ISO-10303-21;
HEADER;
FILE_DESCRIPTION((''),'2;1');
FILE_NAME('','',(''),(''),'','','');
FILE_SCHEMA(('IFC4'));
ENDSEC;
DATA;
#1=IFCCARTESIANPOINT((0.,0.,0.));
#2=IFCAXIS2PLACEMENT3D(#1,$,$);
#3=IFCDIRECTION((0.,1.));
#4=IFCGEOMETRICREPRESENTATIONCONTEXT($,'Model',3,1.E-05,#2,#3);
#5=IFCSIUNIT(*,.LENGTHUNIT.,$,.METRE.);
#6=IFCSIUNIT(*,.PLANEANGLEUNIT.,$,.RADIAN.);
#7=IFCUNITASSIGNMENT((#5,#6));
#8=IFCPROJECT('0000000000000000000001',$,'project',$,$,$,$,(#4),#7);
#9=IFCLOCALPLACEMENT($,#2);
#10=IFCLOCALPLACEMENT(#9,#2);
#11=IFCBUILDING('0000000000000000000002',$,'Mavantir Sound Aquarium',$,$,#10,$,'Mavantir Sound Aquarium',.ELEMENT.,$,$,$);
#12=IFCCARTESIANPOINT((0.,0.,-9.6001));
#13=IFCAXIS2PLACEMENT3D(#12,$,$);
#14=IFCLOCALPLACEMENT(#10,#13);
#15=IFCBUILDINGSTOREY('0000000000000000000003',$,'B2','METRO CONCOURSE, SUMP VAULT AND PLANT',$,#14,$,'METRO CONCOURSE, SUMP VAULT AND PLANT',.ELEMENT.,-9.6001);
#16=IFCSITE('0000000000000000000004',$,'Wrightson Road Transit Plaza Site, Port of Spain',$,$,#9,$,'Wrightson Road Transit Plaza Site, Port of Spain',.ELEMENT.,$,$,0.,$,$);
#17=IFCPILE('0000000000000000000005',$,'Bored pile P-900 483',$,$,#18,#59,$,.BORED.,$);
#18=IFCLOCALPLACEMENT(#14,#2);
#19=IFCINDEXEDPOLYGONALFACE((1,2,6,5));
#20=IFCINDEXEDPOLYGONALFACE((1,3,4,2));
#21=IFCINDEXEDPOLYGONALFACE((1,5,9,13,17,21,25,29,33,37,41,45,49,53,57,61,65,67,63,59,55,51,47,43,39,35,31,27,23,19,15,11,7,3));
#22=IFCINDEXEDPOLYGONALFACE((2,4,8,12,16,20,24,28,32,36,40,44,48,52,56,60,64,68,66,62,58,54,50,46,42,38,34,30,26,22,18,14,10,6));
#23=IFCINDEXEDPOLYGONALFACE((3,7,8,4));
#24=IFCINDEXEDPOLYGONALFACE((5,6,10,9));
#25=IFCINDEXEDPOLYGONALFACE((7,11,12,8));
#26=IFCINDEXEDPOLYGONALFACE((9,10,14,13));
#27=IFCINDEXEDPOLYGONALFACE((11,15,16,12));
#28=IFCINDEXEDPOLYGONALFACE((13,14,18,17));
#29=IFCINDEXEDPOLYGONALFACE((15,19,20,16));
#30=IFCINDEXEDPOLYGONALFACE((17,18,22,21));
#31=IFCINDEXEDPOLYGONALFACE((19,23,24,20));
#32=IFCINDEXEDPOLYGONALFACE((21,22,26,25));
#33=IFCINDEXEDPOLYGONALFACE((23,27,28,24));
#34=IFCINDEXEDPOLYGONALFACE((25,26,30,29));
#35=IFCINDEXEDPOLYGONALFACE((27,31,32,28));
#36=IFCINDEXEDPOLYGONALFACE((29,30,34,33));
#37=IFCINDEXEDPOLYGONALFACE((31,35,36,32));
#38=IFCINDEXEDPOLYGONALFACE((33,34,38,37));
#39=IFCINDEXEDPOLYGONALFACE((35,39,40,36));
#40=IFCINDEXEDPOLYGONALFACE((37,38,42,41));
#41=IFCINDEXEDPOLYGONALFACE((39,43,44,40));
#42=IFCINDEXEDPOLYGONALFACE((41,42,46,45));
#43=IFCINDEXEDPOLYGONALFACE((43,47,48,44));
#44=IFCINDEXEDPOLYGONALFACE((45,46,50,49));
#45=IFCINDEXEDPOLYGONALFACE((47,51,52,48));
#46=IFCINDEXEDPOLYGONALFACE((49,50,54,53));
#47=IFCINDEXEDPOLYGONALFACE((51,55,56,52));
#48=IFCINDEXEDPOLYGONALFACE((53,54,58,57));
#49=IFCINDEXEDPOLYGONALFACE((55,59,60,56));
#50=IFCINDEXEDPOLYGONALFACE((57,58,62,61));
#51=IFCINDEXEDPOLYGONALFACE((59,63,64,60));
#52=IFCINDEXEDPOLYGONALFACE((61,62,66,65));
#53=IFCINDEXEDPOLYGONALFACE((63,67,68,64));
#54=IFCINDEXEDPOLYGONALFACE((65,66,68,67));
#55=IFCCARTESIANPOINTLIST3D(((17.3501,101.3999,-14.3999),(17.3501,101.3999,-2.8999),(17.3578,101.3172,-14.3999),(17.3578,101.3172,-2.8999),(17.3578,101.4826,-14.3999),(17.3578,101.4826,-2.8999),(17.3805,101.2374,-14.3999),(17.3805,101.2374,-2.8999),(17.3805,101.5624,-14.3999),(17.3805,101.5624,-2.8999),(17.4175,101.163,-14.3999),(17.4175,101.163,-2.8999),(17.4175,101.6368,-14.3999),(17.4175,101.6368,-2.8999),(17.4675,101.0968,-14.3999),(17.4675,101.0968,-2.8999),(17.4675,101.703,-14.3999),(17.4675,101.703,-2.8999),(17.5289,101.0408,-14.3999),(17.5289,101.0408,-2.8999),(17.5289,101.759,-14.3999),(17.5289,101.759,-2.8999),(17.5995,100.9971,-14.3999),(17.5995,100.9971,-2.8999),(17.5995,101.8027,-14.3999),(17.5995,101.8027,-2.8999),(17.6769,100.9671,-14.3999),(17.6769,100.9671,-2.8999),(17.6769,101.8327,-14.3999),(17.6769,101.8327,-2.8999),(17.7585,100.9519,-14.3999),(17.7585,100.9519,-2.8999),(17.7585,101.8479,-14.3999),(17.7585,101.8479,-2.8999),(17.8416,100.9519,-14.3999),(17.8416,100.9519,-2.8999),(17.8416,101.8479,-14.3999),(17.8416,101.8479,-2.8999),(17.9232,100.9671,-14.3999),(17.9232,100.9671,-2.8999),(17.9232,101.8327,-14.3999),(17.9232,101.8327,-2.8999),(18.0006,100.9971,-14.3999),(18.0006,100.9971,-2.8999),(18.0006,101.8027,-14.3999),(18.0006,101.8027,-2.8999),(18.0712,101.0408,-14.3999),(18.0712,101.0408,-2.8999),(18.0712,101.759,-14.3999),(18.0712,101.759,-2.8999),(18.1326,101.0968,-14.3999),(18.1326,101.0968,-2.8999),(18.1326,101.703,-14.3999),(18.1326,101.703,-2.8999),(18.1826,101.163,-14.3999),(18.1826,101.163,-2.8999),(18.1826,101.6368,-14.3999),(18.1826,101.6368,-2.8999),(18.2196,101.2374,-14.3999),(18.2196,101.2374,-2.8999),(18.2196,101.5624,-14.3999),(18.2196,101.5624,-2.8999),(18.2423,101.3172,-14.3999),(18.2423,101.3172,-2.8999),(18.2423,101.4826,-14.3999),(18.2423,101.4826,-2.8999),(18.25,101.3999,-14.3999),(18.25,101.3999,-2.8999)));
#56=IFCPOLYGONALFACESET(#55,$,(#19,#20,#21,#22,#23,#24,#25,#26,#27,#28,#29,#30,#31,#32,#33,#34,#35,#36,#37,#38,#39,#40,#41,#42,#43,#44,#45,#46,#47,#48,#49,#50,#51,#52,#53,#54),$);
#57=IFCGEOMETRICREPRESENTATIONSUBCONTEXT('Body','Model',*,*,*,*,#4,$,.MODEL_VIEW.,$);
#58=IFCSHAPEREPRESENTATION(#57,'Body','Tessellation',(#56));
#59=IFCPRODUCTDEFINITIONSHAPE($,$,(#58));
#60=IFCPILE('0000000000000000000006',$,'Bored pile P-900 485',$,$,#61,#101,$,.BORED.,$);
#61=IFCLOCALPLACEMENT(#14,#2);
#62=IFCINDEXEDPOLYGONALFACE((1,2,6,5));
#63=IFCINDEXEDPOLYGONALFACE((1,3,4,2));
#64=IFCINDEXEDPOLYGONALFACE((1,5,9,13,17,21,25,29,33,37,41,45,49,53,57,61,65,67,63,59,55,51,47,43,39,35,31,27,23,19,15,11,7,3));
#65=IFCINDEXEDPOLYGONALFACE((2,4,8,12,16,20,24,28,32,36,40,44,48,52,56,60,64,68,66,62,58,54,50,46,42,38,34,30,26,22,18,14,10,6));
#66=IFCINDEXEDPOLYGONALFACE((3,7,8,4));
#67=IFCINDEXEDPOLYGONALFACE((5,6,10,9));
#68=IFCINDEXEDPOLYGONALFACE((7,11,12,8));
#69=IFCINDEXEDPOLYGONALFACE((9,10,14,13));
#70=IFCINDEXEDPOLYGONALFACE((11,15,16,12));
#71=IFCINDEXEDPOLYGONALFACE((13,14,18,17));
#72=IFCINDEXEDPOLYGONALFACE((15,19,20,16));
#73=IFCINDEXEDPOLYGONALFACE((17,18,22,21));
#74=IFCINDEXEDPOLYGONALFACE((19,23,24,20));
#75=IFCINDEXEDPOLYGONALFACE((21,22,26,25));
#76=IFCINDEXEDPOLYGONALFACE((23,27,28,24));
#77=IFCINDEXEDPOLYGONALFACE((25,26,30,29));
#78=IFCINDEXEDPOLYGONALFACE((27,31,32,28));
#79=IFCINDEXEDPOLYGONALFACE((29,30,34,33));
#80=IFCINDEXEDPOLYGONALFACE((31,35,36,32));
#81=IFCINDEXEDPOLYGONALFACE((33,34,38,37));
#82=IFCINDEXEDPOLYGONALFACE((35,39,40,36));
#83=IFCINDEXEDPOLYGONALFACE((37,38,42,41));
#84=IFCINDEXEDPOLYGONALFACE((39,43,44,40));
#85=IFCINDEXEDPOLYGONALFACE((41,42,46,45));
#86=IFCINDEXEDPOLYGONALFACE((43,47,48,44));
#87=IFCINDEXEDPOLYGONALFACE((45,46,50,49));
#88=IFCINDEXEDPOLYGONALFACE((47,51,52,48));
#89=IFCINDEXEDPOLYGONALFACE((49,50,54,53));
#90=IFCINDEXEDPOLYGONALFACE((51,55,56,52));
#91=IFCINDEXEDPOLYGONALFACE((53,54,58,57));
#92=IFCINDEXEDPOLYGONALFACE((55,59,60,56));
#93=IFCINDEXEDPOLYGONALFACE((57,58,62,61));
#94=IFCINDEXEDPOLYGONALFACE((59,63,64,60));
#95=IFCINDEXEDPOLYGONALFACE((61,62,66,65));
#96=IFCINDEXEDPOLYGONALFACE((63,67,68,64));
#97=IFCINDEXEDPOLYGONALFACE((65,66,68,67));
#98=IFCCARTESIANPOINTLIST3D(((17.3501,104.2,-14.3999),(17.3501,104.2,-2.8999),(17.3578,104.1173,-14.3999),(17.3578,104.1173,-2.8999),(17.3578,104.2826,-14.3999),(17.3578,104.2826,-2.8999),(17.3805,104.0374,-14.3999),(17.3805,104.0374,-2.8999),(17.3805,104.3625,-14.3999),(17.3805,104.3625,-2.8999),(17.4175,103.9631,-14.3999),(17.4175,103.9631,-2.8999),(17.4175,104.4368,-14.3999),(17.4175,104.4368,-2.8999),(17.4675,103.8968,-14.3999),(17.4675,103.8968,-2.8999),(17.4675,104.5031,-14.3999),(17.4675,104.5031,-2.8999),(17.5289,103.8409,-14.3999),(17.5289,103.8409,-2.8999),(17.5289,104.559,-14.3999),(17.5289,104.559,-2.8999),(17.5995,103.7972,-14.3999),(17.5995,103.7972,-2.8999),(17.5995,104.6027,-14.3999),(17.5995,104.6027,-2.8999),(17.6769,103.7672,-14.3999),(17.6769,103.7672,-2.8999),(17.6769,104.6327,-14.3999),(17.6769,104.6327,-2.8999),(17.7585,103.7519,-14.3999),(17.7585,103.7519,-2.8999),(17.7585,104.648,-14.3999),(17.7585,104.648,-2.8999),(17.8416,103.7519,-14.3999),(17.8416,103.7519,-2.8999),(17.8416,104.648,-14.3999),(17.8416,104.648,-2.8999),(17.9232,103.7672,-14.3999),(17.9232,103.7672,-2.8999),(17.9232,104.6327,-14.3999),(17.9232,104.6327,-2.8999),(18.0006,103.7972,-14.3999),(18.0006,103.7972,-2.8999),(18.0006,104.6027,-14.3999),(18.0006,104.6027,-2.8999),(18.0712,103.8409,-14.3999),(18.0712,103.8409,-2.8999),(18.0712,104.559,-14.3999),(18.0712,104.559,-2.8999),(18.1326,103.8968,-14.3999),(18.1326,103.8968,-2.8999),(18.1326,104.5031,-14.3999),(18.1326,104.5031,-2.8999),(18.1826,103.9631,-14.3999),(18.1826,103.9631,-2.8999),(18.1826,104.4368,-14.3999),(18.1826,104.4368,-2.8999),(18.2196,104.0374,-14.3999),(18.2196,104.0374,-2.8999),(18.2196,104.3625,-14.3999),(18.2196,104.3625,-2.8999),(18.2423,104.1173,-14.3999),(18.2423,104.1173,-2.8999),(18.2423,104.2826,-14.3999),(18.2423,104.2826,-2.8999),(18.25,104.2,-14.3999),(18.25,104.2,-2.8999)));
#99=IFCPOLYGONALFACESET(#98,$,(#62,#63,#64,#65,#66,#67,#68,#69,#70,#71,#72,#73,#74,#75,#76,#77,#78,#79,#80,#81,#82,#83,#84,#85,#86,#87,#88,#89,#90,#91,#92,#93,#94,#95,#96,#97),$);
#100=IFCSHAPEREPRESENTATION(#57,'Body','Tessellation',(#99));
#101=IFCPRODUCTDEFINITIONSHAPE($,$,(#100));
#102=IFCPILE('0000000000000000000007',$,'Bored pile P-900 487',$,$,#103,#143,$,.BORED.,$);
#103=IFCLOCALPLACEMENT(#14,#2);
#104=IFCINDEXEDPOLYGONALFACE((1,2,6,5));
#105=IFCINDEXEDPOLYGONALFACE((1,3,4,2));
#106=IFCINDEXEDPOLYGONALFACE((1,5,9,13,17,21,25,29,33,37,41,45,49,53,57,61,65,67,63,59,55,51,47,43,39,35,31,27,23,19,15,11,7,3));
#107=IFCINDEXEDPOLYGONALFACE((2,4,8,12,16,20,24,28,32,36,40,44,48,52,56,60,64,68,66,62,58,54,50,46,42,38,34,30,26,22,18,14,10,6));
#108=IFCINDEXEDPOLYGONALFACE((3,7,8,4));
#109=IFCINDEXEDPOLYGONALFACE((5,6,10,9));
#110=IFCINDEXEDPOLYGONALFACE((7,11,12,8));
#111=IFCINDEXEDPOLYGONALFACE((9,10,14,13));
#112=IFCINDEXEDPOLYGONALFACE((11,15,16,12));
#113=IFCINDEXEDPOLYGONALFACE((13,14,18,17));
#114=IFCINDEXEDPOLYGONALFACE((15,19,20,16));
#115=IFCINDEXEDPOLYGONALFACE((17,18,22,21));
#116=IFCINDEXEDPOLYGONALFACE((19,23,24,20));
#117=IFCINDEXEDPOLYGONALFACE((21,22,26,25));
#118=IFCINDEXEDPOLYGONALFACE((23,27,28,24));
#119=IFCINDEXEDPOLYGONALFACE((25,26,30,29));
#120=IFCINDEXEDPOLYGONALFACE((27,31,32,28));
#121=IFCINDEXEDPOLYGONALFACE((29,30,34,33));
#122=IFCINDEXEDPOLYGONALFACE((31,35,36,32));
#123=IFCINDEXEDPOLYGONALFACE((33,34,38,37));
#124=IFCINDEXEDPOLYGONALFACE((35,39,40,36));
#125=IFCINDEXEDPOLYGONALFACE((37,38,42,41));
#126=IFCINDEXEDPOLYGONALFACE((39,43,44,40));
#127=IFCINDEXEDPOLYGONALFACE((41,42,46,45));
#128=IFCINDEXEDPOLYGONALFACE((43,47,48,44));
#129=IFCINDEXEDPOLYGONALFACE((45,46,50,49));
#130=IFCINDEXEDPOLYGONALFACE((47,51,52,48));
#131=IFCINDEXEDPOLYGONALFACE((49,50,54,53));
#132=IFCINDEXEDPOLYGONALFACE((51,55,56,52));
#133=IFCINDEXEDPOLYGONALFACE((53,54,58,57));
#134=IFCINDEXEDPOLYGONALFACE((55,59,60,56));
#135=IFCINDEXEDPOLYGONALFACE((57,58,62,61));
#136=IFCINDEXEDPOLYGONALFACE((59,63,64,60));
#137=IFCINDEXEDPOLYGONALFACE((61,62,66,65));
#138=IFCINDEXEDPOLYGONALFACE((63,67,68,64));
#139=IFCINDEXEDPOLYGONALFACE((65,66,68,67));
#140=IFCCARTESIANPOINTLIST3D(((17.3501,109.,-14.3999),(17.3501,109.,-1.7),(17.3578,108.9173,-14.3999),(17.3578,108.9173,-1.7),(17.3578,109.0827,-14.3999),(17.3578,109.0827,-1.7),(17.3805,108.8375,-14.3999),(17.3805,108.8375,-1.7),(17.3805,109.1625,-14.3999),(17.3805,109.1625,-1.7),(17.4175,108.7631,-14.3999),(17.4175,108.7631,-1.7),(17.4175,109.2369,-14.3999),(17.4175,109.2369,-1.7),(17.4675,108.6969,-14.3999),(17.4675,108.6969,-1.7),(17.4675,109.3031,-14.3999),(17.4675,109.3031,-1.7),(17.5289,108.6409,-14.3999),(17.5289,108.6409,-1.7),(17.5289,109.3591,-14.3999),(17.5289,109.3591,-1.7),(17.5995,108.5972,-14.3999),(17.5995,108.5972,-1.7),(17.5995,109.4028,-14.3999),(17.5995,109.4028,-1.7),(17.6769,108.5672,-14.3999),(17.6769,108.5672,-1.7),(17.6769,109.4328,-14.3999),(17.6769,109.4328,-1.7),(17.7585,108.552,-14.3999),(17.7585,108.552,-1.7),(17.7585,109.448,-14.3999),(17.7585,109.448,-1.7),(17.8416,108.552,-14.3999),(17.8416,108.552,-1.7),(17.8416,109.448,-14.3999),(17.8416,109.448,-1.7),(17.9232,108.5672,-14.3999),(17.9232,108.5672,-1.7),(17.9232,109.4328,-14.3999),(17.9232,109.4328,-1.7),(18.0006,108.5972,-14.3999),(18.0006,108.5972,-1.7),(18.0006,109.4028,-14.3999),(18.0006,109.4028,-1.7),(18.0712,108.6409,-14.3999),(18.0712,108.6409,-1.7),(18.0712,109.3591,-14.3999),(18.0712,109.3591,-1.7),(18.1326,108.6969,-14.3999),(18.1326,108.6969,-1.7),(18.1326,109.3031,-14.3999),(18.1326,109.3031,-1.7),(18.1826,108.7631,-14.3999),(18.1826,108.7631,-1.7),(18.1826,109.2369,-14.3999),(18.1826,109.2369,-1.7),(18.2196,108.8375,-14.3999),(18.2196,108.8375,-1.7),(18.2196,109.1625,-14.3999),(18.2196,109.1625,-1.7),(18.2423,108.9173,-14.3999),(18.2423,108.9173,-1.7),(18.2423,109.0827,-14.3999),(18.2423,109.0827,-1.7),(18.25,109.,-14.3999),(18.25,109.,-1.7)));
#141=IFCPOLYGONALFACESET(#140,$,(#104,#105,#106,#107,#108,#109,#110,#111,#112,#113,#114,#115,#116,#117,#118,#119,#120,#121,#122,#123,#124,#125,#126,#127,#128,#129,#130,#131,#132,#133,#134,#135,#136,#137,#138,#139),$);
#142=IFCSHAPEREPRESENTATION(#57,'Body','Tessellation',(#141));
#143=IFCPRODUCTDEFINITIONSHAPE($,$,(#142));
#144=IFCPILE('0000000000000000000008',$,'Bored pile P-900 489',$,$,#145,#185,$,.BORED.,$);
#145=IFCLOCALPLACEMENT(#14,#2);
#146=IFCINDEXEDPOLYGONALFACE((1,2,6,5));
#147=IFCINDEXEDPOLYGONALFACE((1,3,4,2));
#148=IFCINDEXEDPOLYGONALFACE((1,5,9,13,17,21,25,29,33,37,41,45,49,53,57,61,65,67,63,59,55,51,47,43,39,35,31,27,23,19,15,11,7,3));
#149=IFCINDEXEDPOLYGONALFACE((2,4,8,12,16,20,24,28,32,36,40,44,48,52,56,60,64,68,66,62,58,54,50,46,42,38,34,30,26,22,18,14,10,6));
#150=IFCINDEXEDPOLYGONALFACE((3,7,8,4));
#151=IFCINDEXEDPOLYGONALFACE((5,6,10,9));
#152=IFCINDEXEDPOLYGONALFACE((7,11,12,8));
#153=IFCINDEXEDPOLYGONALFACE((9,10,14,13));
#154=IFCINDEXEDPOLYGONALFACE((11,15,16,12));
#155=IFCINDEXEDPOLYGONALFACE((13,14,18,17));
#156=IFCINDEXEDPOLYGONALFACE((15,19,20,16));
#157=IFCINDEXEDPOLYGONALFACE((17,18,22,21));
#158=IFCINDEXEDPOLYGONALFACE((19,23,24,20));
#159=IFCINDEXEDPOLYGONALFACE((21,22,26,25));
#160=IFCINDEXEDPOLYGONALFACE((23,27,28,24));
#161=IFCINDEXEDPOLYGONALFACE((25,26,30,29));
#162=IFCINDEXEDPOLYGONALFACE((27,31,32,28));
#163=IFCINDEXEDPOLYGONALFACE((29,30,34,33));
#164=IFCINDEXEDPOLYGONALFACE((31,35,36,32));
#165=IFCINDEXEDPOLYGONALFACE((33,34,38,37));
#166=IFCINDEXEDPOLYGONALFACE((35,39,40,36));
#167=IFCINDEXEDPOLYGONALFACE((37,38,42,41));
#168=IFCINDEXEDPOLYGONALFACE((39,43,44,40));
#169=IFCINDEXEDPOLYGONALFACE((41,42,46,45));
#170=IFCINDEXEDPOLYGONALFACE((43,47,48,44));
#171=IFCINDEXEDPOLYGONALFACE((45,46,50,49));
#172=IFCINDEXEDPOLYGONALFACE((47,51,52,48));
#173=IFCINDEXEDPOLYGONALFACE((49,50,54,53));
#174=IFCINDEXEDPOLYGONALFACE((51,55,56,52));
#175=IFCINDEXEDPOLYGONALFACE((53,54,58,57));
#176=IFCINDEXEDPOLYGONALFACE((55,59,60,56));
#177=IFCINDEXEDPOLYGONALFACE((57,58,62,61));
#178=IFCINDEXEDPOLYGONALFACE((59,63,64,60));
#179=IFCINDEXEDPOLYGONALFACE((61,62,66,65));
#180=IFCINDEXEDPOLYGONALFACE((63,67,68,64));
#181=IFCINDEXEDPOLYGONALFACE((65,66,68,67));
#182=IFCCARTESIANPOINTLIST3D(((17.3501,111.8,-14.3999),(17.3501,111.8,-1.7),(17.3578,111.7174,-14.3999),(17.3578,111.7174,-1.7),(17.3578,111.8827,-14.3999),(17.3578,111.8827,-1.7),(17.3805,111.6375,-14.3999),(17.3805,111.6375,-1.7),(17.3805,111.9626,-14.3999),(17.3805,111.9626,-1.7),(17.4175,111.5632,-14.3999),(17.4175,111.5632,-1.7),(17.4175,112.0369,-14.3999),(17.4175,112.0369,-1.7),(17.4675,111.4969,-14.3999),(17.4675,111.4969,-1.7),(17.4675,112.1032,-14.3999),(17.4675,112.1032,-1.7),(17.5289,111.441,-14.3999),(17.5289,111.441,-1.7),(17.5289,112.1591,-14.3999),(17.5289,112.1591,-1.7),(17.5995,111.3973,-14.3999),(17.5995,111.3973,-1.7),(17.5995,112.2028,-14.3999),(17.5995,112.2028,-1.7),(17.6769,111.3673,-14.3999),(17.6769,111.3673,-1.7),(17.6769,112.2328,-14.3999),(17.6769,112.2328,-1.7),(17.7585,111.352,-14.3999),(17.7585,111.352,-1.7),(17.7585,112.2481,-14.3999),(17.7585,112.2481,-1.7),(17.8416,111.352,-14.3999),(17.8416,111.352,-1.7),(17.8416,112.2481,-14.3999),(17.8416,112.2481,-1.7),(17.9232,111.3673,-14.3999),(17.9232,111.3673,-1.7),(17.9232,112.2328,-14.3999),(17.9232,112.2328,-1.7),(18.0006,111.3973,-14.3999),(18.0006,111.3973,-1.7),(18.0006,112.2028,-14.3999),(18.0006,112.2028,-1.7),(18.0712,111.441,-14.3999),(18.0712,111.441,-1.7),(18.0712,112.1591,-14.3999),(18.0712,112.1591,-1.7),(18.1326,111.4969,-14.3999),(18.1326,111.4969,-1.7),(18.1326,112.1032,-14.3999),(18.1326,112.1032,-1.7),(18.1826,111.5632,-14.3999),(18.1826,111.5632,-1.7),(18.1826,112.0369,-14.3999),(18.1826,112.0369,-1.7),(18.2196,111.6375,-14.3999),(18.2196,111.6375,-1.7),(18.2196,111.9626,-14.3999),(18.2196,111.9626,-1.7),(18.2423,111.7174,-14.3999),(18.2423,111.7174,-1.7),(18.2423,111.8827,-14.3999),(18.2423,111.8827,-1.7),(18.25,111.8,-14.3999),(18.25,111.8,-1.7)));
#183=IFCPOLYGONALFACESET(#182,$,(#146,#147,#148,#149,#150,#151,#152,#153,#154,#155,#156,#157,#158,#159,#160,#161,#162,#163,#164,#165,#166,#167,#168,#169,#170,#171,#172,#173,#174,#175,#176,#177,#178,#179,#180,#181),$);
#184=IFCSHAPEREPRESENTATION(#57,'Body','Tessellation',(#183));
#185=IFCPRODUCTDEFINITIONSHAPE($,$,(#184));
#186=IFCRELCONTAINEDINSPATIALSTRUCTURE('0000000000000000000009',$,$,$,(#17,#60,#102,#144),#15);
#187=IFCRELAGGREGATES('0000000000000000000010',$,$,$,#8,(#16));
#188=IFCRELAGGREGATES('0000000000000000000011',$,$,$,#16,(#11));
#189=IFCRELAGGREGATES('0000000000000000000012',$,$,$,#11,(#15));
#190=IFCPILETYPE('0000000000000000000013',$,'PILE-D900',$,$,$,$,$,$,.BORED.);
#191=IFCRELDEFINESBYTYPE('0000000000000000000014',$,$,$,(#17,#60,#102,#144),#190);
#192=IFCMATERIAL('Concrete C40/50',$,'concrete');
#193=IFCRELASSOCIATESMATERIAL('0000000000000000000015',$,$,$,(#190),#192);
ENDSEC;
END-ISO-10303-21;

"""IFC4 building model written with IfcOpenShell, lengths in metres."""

from ifc_helpers import new_model, si_unit, direction, frame, origin, origin_2d, place, context, subcontext, project, spatial, circle, extrude, material, material_profile, profile_set, type_object, element, save


model = new_model("IFC4")

# Units and contexts
model_context = context("Model", 3, precision=1e-05, world=origin(), true_north=direction((0.0, 1.0)))
body_context = subcontext(model_context, "Body", "Model", "MODEL_VIEW")
ifc_project = project(units=[si_unit("LENGTHUNIT", "METRE"), si_unit("PLANEANGLEUNIT", "RADIAN")], contexts=[model_context])

# Site, building, storey
site_placement = place(None, origin())
site = spatial("IfcSite", under=ifc_project, at=site_placement, Name="Wrightson Road Transit Plaza Site, Port of Spain", LongName="Wrightson Road Transit Plaza Site, Port of Spain", CompositionType="ELEMENT", RefElevation=0.0)
building_placement = place(site_placement, origin())
building = spatial("IfcBuilding", under=site, at=building_placement, Name="Mavantir Sound Aquarium", LongName="Mavantir Sound Aquarium", CompositionType="ELEMENT")
storey_placement = place(building_placement, frame((0.0, 0.0, -9.6001)))
storey = spatial("IfcBuildingStorey", under=building, at=storey_placement, Name="B2", Description="METRO CONCOURSE, SUMP VAULT AND PLANT", LongName="METRO CONCOURSE, SUMP VAULT AND PLANT", CompositionType="ELEMENT", Elevation=-9.6001)

# Shared definitions
ifc_material_1 = material(Name="Concrete C40/50", Category="concrete")

# Piles
ifc_material_profile_1 = material_profile(ifc_material_1, circle(Radius=0.45, at=origin_2d()), Name="PILE D900")
ifc_profile_set_1 = profile_set([ifc_material_profile_1], Name="Concrete C40/50")
pile_type = type_object("IfcPileType", Name="PILE-D900", PredefinedType="BORED", material=ifc_profile_set_1)
for number, where, z_axis, x_axis, name in (
    (1, (17.8, 101.3999, -2.8999), (0.0, 0.0, -1.0), (1.0, 0.0, 0.0), "Bored pile P-900 483"),
    (2, (17.8, 104.2, -2.8999), (0.0, 0.0, -1.0), (1.0, 0.0, 0.0), "Bored pile P-900 485"),
):
    element("IfcPile", number, at=place(storey_placement, frame(where, z_axis=z_axis, x_axis=x_axis)), inside=storey, type_object=pile_type, Name=name, PredefinedType="BORED", context=body_context, shape_type="SweptSolid", body=[
        extrude(circle(Radius=0.45, at=origin_2d()), origin(), (0.0, 0.0, 1.0), 11.5),
    ])
for number, where, z_axis, x_axis, name in (
    (3, (17.8, 109.0, -1.7), (0.0, 0.0, -1.0), (1.0, 0.0, 0.0), "Bored pile P-900 487"),
    (4, (17.8, 111.8, -1.7), (0.0, 0.0, -1.0), (1.0, 0.0, 0.0), "Bored pile P-900 489"),
):
    element("IfcPile", number, at=place(storey_placement, frame(where, z_axis=z_axis, x_axis=x_axis)), inside=storey, type_object=pile_type, Name=name, PredefinedType="BORED", context=body_context, shape_type="SweptSolid", body=[
        extrude(circle(Radius=0.45, at=origin_2d()), origin(), (0.0, 0.0, 1.0), 12.7),
    ])

save(model, "model.ifc")
